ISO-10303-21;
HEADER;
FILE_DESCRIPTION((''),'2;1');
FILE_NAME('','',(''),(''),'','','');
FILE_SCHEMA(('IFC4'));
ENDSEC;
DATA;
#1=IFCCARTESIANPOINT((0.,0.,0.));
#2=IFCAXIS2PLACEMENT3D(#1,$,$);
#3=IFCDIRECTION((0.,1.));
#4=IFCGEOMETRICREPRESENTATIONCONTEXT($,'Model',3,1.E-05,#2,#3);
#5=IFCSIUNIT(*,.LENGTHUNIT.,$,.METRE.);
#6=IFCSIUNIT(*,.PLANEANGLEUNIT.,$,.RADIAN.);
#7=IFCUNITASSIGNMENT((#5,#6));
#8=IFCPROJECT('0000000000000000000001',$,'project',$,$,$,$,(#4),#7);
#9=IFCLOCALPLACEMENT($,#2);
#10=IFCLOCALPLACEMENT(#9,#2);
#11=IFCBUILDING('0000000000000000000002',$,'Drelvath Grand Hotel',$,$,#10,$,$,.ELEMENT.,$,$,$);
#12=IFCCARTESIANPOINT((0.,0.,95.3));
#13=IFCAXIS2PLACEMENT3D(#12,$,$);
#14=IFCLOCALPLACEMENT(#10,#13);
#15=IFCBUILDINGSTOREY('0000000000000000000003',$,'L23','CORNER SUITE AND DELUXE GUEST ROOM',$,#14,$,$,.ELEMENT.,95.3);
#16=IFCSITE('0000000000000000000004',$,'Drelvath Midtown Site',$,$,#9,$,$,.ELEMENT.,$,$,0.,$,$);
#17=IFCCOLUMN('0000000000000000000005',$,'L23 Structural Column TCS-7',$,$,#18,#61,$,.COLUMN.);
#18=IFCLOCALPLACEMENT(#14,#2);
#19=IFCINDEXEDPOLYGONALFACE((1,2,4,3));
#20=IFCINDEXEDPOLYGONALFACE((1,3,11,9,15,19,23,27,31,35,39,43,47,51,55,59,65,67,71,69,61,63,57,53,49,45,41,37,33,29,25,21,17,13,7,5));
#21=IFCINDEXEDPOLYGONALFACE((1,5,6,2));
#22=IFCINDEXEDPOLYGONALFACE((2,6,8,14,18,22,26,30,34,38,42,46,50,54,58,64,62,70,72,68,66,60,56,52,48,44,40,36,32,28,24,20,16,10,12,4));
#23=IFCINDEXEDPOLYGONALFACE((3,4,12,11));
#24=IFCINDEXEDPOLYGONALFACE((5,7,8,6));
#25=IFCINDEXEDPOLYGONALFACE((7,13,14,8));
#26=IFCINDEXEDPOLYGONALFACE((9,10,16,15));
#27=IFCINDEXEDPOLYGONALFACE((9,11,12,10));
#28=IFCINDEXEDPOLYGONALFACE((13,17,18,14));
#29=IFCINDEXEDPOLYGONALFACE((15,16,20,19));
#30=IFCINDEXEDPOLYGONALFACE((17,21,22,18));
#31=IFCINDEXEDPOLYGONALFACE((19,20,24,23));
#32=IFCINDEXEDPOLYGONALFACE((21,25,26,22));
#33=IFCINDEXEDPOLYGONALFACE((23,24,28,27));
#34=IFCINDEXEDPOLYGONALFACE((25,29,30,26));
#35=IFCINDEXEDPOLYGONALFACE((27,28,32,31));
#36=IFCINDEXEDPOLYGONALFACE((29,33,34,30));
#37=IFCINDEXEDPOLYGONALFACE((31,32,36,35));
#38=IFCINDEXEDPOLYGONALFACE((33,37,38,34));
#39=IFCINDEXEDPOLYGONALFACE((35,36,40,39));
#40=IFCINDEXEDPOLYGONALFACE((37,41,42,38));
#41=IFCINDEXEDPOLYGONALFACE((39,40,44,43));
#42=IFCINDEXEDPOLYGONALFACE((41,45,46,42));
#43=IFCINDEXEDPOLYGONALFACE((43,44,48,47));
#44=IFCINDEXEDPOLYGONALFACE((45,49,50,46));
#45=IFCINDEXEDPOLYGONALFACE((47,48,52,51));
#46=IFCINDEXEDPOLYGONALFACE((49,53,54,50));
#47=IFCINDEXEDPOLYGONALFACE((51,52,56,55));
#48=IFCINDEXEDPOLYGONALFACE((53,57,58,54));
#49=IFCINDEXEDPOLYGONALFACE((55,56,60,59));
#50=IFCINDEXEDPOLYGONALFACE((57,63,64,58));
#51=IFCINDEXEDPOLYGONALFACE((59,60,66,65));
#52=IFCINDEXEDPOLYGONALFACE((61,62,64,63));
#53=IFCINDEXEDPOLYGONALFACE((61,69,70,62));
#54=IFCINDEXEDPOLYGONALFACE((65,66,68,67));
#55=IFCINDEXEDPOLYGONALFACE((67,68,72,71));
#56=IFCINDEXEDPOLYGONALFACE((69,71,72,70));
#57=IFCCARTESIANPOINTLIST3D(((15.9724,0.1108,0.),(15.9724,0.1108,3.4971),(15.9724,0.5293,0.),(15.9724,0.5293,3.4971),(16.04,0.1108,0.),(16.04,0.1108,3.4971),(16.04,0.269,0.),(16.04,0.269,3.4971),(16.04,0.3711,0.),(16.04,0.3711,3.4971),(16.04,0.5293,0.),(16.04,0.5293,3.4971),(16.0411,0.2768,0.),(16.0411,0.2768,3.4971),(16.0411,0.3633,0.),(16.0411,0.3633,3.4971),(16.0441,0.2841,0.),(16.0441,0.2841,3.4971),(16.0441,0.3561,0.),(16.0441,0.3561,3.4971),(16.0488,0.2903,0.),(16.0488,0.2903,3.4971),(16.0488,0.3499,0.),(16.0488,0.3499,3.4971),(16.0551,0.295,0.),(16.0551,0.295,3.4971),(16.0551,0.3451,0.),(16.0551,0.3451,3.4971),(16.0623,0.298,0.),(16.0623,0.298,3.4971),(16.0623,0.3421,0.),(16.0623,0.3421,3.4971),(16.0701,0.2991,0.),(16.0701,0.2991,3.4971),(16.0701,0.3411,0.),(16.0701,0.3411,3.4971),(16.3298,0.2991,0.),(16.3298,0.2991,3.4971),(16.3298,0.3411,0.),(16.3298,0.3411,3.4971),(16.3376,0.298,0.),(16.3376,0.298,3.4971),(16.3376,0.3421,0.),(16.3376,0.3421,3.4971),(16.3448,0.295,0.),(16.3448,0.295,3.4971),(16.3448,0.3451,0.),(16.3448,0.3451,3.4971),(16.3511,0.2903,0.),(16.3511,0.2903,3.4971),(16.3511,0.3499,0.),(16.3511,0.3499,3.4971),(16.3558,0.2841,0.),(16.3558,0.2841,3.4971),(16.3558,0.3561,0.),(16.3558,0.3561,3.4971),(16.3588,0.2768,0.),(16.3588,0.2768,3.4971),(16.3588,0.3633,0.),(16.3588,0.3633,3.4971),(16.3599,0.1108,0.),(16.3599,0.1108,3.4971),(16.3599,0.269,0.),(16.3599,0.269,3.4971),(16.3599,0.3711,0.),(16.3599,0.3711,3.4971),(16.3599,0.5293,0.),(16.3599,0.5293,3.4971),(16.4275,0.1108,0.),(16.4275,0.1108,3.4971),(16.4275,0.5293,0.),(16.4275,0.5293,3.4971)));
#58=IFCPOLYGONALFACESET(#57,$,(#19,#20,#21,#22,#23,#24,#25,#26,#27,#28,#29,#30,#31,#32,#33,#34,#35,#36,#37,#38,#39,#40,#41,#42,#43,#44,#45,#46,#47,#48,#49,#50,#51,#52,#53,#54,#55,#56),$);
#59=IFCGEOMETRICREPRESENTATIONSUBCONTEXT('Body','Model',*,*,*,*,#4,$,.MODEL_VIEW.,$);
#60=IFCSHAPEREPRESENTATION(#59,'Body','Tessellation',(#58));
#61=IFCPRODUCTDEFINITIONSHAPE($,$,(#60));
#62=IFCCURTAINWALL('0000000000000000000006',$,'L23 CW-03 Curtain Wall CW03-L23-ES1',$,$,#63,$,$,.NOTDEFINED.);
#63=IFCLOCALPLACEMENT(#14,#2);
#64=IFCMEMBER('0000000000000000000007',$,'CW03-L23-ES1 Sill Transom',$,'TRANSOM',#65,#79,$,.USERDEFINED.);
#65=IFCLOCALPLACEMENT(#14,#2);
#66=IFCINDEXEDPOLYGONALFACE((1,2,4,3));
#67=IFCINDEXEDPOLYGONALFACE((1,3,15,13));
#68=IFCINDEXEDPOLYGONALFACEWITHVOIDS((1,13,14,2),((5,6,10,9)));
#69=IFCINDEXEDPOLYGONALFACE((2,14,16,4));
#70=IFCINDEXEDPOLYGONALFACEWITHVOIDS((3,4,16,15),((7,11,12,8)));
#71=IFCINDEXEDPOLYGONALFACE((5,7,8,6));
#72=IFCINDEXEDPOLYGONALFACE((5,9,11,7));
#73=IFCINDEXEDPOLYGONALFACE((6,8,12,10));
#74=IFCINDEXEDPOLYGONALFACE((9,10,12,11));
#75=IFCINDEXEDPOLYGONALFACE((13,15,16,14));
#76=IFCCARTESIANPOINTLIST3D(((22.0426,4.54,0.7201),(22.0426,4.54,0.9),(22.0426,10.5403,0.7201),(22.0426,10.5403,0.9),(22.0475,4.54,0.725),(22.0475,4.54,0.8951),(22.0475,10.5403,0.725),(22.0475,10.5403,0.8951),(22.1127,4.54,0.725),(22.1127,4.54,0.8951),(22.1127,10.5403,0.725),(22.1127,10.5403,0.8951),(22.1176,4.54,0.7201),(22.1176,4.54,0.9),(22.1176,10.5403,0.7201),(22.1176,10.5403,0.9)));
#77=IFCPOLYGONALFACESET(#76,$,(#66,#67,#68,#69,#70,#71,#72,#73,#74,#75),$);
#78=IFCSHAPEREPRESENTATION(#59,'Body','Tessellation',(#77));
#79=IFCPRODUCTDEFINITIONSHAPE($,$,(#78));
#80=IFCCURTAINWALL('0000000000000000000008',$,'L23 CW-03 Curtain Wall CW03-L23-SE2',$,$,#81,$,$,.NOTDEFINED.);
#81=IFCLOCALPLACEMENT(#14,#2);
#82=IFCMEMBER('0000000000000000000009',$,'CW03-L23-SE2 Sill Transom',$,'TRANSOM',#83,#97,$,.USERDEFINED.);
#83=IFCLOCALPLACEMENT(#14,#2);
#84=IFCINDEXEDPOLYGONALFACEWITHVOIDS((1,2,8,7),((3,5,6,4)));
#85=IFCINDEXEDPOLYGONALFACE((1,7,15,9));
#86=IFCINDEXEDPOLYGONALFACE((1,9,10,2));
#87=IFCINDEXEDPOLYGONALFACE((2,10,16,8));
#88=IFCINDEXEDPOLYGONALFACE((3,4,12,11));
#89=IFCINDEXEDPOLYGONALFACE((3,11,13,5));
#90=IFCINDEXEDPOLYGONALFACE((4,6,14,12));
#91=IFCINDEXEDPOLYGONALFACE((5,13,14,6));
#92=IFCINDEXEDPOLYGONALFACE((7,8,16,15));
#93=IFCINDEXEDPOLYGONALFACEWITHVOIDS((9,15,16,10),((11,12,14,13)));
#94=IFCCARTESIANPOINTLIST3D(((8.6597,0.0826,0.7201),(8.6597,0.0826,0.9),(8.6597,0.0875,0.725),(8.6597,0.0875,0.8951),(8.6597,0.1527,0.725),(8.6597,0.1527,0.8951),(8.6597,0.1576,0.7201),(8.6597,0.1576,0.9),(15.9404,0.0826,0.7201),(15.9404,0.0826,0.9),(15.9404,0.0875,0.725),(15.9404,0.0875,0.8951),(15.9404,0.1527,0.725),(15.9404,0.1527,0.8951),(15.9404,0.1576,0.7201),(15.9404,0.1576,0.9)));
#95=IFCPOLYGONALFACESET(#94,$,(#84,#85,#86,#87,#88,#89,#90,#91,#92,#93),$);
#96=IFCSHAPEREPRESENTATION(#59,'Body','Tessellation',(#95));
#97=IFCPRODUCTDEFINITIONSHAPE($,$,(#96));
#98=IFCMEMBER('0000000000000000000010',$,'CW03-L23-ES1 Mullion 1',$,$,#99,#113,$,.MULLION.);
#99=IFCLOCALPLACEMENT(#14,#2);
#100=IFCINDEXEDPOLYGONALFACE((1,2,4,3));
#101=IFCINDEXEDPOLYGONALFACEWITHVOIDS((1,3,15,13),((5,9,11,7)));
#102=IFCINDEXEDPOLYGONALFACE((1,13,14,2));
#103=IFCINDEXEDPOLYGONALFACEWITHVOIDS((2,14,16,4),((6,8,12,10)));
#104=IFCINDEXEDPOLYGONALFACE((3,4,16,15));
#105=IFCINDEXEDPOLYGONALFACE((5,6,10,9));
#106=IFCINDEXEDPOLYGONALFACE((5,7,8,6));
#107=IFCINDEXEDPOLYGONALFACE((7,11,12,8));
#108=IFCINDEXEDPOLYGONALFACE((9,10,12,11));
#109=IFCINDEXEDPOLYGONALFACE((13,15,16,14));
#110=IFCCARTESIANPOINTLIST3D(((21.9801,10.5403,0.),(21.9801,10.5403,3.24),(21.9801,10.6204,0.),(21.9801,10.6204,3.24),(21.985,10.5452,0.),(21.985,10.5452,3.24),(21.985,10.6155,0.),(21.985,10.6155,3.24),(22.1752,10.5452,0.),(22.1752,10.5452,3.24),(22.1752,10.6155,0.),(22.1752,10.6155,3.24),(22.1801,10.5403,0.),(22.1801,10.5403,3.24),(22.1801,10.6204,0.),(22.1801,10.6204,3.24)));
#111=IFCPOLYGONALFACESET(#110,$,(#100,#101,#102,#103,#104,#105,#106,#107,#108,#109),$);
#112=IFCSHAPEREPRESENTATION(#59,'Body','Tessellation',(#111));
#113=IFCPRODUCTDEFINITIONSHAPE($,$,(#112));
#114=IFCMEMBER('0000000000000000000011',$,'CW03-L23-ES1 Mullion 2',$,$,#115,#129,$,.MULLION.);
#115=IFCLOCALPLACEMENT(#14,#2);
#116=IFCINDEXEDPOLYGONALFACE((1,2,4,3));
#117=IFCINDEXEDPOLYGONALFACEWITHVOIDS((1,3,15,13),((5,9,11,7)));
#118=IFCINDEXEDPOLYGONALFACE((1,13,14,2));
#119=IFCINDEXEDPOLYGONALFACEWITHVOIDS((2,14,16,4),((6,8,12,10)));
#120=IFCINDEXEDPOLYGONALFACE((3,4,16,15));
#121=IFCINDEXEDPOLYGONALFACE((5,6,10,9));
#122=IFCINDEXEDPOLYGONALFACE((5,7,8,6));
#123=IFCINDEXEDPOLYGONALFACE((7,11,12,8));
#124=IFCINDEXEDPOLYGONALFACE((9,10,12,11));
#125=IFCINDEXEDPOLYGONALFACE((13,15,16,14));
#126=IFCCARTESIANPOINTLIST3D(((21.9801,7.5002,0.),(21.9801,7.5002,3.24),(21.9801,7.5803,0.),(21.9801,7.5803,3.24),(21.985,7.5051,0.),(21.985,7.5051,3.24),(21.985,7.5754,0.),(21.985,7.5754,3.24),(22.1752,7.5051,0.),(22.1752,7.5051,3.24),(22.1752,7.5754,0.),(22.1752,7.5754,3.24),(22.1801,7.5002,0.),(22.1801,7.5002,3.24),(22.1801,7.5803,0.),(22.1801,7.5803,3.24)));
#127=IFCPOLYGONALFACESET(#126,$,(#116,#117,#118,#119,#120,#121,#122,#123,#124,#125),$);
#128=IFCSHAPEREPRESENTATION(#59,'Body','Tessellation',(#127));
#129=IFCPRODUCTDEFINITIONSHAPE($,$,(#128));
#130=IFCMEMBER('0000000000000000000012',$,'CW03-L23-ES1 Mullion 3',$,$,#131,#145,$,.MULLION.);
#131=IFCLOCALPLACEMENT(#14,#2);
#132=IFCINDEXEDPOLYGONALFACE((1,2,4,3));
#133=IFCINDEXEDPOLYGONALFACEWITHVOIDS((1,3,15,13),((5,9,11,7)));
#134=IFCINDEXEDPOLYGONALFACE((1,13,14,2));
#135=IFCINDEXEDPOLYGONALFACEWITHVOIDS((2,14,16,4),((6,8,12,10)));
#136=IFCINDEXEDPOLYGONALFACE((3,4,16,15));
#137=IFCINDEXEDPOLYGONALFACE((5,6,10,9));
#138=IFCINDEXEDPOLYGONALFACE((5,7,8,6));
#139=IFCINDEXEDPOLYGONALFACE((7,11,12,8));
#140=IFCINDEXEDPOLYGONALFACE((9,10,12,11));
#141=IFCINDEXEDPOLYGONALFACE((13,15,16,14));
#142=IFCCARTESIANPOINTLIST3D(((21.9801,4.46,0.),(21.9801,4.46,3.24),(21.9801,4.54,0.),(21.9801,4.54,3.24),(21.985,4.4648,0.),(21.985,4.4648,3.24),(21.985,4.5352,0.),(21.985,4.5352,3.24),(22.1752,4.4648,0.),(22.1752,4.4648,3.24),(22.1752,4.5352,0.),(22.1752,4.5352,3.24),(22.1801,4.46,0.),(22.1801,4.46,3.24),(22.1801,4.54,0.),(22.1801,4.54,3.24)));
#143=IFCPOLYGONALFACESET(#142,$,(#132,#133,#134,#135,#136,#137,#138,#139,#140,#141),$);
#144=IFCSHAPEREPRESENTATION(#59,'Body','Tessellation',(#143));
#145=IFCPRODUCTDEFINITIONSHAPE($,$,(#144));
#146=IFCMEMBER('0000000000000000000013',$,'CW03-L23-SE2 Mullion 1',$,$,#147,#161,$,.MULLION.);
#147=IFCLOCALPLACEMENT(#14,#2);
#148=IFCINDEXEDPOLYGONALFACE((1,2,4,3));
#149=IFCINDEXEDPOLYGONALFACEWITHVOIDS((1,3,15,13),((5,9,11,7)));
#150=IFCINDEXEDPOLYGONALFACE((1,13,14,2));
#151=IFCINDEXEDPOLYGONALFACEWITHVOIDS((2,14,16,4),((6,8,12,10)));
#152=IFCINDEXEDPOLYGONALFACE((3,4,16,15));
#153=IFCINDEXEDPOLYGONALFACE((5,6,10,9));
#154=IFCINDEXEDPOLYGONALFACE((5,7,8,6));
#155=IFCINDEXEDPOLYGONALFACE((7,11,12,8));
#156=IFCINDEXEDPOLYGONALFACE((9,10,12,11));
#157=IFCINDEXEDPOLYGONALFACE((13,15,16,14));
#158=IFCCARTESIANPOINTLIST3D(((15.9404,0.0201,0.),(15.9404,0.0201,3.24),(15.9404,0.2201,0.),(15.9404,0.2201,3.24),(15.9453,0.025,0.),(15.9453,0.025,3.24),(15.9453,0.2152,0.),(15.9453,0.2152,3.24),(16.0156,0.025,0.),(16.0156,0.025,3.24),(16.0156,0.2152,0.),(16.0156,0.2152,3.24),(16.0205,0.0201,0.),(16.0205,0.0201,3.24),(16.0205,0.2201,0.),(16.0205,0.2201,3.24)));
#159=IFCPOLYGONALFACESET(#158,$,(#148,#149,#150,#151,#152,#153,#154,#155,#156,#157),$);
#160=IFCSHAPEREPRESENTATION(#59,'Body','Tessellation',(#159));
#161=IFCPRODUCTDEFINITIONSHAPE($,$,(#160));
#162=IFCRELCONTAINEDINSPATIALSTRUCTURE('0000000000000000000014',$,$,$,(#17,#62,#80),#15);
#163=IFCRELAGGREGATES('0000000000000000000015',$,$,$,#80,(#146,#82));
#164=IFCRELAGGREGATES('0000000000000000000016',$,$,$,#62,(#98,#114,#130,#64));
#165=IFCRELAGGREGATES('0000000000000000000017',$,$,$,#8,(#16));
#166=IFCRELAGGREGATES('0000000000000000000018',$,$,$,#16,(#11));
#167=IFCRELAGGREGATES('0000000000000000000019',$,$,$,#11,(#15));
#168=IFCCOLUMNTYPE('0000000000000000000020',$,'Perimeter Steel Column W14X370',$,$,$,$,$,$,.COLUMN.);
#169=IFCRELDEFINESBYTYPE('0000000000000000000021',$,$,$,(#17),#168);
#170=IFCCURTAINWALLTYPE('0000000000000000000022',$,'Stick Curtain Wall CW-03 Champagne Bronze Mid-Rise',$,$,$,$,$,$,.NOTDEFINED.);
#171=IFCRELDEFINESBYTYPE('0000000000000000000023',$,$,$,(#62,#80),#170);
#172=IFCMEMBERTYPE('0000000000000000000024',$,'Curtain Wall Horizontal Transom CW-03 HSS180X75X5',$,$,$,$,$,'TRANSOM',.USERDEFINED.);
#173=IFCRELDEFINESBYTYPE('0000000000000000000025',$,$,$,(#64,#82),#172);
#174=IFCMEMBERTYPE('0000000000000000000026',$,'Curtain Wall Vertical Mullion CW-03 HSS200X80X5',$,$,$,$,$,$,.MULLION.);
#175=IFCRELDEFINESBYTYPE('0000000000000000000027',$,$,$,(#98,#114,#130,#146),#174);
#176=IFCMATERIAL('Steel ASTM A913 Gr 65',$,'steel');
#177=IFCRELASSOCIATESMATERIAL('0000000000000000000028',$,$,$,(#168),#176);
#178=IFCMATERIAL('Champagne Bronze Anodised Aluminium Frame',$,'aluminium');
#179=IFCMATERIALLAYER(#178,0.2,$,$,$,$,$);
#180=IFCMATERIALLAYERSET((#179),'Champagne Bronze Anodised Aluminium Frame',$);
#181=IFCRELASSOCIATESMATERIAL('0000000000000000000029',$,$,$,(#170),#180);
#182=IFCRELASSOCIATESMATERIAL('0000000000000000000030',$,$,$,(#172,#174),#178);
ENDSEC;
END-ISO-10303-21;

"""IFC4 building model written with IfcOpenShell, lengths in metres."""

from ifc_helpers import new_model, si_unit, direction, frame, origin, origin_2d, place, context, subcontext, project, spatial, hollow_rectangle, i_section, extrude, material, layer, layer_set, material_profile, profile_set, type_object, element, aggregate, save


model = new_model("IFC4")

# Units and contexts
model_context = context("Model", 3, precision=1e-05, world=origin(), true_north=direction((0.0, 1.0)))
body_context = subcontext(model_context, "Body", "Model", "MODEL_VIEW")
ifc_project = project(units=[si_unit("LENGTHUNIT", "METRE"), si_unit("PLANEANGLEUNIT", "RADIAN")], contexts=[model_context])

# Site, building, storey
site_placement = place(None, origin())
site = spatial("IfcSite", under=ifc_project, at=site_placement, Name="Drelvath Midtown Site", CompositionType="ELEMENT", RefElevation=0.0)
building_placement = place(site_placement, origin())
building = spatial("IfcBuilding", under=site, at=building_placement, Name="Drelvath Grand Hotel", CompositionType="ELEMENT")
storey_placement = place(building_placement, frame((0.0, 0.0, 95.3)))
storey = spatial("IfcBuildingStorey", under=building, at=storey_placement, Name="L23", Description="CORNER SUITE AND DELUXE GUEST ROOM", CompositionType="ELEMENT", Elevation=95.3)

# Column
ifc_material_1 = material(Name="Steel ASTM A913 Gr 65", Category="steel")
ifc_material_profile_1 = material_profile(ifc_material_1, i_section(OverallWidth=0.4185, OverallDepth=0.4551, WebThickness=0.042, FlangeThickness=0.0676, FilletRadius=0.03, at=origin_2d()), Name="W14X370")
ifc_profile_set_1 = profile_set([ifc_material_profile_1], Name="Steel ASTM A913 Gr 65")
column_type = type_object("IfcColumnType", Name="Perimeter Steel Column W14X370", PredefinedType="COLUMN", material=ifc_profile_set_1)
column_placement = place(storey_placement, frame((16.2, 0.3201, 0.0), z_axis=(0.0, 0.0, 1.0), x_axis=(0.0, 1.0, 0.0)))
element("IfcColumn", 1, at=column_placement, inside=storey, type_object=column_type, Name="L23 Structural Column TCS-7", PredefinedType="COLUMN", context=body_context, shape_type="SweptSolid", body=[
    extrude(i_section(OverallWidth=0.4185, OverallDepth=0.4551, WebThickness=0.042, FlangeThickness=0.0676, FilletRadius=0.03, at=origin_2d()), origin(), (0.0, 0.0, 1.0), 3.4971),
])

# Curtain walls, members
ifc_material_2 = material(Name="Champagne Bronze Anodised Aluminium Frame", Category="aluminium")
ifc_layer_1 = layer(ifc_material_2, 0.2)
ifc_layer_set_1 = layer_set([ifc_layer_1], Name="Champagne Bronze Anodised Aluminium Frame")
curtain_wall_type = type_object("IfcCurtainWallType", Name="Stick Curtain Wall CW-03 Champagne Bronze Mid-Rise", PredefinedType="NOTDEFINED", material=ifc_layer_set_1)
curtain_wall_1_placement = place(storey_placement, origin())
curtain_wall_1 = element("IfcCurtainWall", 2, at=curtain_wall_1_placement, inside=storey, type_object=curtain_wall_type, Name="L23 CW-03 Curtain Wall CW03-L23-ES1", PredefinedType="NOTDEFINED")
ifc_material_profile_2 = material_profile(ifc_material_2, hollow_rectangle(XDim=0.075, YDim=0.1799, WallThickness=0.0049, at=origin_2d()), Name="HSS180X75X5")
ifc_profile_set_2 = profile_set([ifc_material_profile_2], Name="Champagne Bronze Anodised Aluminium Frame")
member_type_1 = type_object("IfcMemberType", Name="Curtain Wall Horizontal Transom CW-03 HSS180X75X5", ElementType="TRANSOM", PredefinedType="USERDEFINED", material=ifc_profile_set_2)
member_1_placement = place(storey_placement, frame((22.0801, 10.5403, 0.8101), z_axis=(0.0, -1.0, 0.0), x_axis=(1.0, 0.0, 0.0)))
member_1 = element("IfcMember", 3, at=member_1_placement, type_object=member_type_1, Name="CW03-L23-ES1 Sill Transom", ObjectType="TRANSOM", PredefinedType="USERDEFINED", context=body_context, shape_type="SweptSolid", body=[
    extrude(hollow_rectangle(XDim=0.075, YDim=0.1799, WallThickness=0.0049, at=origin_2d()), origin(), (0.0, 0.0, 1.0), 6.0002),
])
curtain_wall_2_placement = place(storey_placement, origin())
curtain_wall_2 = element("IfcCurtainWall", 4, at=curtain_wall_2_placement, inside=storey, type_object=curtain_wall_type, Name="L23 CW-03 Curtain Wall CW03-L23-SE2", PredefinedType="NOTDEFINED")
member_2_placement = place(storey_placement, frame((15.9404, 0.1201, 0.8101), z_axis=(-1.0, 0.0, 0.0), x_axis=(0.0, -1.0, 0.0)))
member_2 = element("IfcMember", 5, at=member_2_placement, type_object=member_type_1, Name="CW03-L23-SE2 Sill Transom", ObjectType="TRANSOM", PredefinedType="USERDEFINED", context=body_context, shape_type="SweptSolid", body=[
    extrude(hollow_rectangle(XDim=0.075, YDim=0.1799, WallThickness=0.0049, at=origin_2d()), origin(), (0.0, 0.0, 1.0), 7.2808),
])

# Members
ifc_material_profile_3 = material_profile(ifc_material_2, hollow_rectangle(XDim=0.0801, YDim=0.2, WallThickness=0.0049, at=origin_2d()), Name="HSS200X80X5")
ifc_profile_set_3 = profile_set([ifc_material_profile_3], Name="Champagne Bronze Anodised Aluminium Frame")
member_type_2 = type_object("IfcMemberType", Name="Curtain Wall Vertical Mullion CW-03 HSS200X80X5", PredefinedType="MULLION", material=ifc_profile_set_3)
member_3_placement = place(storey_placement, frame((22.0801, 10.5803, 0.0), z_axis=(0.0, 0.0, 1.0), x_axis=(0.0, 1.0, 0.0)))
member_3 = element("IfcMember", 6, at=member_3_placement, type_object=member_type_2, Name="CW03-L23-ES1 Mullion 1", PredefinedType="MULLION", context=body_context, shape_type="SweptSolid", body=[
    extrude(hollow_rectangle(XDim=0.0801, YDim=0.2, WallThickness=0.0049, at=origin_2d()), origin(), (0.0, 0.0, 1.0), 3.24),
])
member_4_placement = place(storey_placement, frame((22.0801, 7.5403, 0.0), z_axis=(0.0, 0.0, 1.0), x_axis=(0.0, 1.0, 0.0)))
member_4 = element("IfcMember", 7, at=member_4_placement, type_object=member_type_2, Name="CW03-L23-ES1 Mullion 2", PredefinedType="MULLION", context=body_context, shape_type="SweptSolid", body=[
    extrude(hollow_rectangle(XDim=0.0801, YDim=0.2, WallThickness=0.0049, at=origin_2d()), origin(), (0.0, 0.0, 1.0), 3.24),
])
member_5_placement = place(storey_placement, frame((22.0801, 4.5, 0.0), z_axis=(0.0, 0.0, 1.0), x_axis=(0.0, 1.0, 0.0)))
member_5 = element("IfcMember", 8, at=member_5_placement, type_object=member_type_2, Name="CW03-L23-ES1 Mullion 3", PredefinedType="MULLION", context=body_context, shape_type="SweptSolid", body=[
    extrude(hollow_rectangle(XDim=0.0801, YDim=0.2, WallThickness=0.0049, at=origin_2d()), origin(), (0.0, 0.0, 1.0), 3.24),
])
member_6_placement = place(storey_placement, frame((15.9805, 0.1201, 0.0), z_axis=(0.0, 0.0, 1.0), x_axis=(1.0, 0.0, 0.0)))
member_6 = element("IfcMember", 9, at=member_6_placement, type_object=member_type_2, Name="CW03-L23-SE2 Mullion 1", PredefinedType="MULLION", context=body_context, shape_type="SweptSolid", body=[
    extrude(hollow_rectangle(XDim=0.0801, YDim=0.2, WallThickness=0.0049, at=origin_2d()), origin(), (0.0, 0.0, 1.0), 3.24),
])
aggregate(curtain_wall_2, [member_6, member_2])

aggregate(curtain_wall_1, [member_3, member_4, member_5, member_1])

save(model, "model.ifc")
